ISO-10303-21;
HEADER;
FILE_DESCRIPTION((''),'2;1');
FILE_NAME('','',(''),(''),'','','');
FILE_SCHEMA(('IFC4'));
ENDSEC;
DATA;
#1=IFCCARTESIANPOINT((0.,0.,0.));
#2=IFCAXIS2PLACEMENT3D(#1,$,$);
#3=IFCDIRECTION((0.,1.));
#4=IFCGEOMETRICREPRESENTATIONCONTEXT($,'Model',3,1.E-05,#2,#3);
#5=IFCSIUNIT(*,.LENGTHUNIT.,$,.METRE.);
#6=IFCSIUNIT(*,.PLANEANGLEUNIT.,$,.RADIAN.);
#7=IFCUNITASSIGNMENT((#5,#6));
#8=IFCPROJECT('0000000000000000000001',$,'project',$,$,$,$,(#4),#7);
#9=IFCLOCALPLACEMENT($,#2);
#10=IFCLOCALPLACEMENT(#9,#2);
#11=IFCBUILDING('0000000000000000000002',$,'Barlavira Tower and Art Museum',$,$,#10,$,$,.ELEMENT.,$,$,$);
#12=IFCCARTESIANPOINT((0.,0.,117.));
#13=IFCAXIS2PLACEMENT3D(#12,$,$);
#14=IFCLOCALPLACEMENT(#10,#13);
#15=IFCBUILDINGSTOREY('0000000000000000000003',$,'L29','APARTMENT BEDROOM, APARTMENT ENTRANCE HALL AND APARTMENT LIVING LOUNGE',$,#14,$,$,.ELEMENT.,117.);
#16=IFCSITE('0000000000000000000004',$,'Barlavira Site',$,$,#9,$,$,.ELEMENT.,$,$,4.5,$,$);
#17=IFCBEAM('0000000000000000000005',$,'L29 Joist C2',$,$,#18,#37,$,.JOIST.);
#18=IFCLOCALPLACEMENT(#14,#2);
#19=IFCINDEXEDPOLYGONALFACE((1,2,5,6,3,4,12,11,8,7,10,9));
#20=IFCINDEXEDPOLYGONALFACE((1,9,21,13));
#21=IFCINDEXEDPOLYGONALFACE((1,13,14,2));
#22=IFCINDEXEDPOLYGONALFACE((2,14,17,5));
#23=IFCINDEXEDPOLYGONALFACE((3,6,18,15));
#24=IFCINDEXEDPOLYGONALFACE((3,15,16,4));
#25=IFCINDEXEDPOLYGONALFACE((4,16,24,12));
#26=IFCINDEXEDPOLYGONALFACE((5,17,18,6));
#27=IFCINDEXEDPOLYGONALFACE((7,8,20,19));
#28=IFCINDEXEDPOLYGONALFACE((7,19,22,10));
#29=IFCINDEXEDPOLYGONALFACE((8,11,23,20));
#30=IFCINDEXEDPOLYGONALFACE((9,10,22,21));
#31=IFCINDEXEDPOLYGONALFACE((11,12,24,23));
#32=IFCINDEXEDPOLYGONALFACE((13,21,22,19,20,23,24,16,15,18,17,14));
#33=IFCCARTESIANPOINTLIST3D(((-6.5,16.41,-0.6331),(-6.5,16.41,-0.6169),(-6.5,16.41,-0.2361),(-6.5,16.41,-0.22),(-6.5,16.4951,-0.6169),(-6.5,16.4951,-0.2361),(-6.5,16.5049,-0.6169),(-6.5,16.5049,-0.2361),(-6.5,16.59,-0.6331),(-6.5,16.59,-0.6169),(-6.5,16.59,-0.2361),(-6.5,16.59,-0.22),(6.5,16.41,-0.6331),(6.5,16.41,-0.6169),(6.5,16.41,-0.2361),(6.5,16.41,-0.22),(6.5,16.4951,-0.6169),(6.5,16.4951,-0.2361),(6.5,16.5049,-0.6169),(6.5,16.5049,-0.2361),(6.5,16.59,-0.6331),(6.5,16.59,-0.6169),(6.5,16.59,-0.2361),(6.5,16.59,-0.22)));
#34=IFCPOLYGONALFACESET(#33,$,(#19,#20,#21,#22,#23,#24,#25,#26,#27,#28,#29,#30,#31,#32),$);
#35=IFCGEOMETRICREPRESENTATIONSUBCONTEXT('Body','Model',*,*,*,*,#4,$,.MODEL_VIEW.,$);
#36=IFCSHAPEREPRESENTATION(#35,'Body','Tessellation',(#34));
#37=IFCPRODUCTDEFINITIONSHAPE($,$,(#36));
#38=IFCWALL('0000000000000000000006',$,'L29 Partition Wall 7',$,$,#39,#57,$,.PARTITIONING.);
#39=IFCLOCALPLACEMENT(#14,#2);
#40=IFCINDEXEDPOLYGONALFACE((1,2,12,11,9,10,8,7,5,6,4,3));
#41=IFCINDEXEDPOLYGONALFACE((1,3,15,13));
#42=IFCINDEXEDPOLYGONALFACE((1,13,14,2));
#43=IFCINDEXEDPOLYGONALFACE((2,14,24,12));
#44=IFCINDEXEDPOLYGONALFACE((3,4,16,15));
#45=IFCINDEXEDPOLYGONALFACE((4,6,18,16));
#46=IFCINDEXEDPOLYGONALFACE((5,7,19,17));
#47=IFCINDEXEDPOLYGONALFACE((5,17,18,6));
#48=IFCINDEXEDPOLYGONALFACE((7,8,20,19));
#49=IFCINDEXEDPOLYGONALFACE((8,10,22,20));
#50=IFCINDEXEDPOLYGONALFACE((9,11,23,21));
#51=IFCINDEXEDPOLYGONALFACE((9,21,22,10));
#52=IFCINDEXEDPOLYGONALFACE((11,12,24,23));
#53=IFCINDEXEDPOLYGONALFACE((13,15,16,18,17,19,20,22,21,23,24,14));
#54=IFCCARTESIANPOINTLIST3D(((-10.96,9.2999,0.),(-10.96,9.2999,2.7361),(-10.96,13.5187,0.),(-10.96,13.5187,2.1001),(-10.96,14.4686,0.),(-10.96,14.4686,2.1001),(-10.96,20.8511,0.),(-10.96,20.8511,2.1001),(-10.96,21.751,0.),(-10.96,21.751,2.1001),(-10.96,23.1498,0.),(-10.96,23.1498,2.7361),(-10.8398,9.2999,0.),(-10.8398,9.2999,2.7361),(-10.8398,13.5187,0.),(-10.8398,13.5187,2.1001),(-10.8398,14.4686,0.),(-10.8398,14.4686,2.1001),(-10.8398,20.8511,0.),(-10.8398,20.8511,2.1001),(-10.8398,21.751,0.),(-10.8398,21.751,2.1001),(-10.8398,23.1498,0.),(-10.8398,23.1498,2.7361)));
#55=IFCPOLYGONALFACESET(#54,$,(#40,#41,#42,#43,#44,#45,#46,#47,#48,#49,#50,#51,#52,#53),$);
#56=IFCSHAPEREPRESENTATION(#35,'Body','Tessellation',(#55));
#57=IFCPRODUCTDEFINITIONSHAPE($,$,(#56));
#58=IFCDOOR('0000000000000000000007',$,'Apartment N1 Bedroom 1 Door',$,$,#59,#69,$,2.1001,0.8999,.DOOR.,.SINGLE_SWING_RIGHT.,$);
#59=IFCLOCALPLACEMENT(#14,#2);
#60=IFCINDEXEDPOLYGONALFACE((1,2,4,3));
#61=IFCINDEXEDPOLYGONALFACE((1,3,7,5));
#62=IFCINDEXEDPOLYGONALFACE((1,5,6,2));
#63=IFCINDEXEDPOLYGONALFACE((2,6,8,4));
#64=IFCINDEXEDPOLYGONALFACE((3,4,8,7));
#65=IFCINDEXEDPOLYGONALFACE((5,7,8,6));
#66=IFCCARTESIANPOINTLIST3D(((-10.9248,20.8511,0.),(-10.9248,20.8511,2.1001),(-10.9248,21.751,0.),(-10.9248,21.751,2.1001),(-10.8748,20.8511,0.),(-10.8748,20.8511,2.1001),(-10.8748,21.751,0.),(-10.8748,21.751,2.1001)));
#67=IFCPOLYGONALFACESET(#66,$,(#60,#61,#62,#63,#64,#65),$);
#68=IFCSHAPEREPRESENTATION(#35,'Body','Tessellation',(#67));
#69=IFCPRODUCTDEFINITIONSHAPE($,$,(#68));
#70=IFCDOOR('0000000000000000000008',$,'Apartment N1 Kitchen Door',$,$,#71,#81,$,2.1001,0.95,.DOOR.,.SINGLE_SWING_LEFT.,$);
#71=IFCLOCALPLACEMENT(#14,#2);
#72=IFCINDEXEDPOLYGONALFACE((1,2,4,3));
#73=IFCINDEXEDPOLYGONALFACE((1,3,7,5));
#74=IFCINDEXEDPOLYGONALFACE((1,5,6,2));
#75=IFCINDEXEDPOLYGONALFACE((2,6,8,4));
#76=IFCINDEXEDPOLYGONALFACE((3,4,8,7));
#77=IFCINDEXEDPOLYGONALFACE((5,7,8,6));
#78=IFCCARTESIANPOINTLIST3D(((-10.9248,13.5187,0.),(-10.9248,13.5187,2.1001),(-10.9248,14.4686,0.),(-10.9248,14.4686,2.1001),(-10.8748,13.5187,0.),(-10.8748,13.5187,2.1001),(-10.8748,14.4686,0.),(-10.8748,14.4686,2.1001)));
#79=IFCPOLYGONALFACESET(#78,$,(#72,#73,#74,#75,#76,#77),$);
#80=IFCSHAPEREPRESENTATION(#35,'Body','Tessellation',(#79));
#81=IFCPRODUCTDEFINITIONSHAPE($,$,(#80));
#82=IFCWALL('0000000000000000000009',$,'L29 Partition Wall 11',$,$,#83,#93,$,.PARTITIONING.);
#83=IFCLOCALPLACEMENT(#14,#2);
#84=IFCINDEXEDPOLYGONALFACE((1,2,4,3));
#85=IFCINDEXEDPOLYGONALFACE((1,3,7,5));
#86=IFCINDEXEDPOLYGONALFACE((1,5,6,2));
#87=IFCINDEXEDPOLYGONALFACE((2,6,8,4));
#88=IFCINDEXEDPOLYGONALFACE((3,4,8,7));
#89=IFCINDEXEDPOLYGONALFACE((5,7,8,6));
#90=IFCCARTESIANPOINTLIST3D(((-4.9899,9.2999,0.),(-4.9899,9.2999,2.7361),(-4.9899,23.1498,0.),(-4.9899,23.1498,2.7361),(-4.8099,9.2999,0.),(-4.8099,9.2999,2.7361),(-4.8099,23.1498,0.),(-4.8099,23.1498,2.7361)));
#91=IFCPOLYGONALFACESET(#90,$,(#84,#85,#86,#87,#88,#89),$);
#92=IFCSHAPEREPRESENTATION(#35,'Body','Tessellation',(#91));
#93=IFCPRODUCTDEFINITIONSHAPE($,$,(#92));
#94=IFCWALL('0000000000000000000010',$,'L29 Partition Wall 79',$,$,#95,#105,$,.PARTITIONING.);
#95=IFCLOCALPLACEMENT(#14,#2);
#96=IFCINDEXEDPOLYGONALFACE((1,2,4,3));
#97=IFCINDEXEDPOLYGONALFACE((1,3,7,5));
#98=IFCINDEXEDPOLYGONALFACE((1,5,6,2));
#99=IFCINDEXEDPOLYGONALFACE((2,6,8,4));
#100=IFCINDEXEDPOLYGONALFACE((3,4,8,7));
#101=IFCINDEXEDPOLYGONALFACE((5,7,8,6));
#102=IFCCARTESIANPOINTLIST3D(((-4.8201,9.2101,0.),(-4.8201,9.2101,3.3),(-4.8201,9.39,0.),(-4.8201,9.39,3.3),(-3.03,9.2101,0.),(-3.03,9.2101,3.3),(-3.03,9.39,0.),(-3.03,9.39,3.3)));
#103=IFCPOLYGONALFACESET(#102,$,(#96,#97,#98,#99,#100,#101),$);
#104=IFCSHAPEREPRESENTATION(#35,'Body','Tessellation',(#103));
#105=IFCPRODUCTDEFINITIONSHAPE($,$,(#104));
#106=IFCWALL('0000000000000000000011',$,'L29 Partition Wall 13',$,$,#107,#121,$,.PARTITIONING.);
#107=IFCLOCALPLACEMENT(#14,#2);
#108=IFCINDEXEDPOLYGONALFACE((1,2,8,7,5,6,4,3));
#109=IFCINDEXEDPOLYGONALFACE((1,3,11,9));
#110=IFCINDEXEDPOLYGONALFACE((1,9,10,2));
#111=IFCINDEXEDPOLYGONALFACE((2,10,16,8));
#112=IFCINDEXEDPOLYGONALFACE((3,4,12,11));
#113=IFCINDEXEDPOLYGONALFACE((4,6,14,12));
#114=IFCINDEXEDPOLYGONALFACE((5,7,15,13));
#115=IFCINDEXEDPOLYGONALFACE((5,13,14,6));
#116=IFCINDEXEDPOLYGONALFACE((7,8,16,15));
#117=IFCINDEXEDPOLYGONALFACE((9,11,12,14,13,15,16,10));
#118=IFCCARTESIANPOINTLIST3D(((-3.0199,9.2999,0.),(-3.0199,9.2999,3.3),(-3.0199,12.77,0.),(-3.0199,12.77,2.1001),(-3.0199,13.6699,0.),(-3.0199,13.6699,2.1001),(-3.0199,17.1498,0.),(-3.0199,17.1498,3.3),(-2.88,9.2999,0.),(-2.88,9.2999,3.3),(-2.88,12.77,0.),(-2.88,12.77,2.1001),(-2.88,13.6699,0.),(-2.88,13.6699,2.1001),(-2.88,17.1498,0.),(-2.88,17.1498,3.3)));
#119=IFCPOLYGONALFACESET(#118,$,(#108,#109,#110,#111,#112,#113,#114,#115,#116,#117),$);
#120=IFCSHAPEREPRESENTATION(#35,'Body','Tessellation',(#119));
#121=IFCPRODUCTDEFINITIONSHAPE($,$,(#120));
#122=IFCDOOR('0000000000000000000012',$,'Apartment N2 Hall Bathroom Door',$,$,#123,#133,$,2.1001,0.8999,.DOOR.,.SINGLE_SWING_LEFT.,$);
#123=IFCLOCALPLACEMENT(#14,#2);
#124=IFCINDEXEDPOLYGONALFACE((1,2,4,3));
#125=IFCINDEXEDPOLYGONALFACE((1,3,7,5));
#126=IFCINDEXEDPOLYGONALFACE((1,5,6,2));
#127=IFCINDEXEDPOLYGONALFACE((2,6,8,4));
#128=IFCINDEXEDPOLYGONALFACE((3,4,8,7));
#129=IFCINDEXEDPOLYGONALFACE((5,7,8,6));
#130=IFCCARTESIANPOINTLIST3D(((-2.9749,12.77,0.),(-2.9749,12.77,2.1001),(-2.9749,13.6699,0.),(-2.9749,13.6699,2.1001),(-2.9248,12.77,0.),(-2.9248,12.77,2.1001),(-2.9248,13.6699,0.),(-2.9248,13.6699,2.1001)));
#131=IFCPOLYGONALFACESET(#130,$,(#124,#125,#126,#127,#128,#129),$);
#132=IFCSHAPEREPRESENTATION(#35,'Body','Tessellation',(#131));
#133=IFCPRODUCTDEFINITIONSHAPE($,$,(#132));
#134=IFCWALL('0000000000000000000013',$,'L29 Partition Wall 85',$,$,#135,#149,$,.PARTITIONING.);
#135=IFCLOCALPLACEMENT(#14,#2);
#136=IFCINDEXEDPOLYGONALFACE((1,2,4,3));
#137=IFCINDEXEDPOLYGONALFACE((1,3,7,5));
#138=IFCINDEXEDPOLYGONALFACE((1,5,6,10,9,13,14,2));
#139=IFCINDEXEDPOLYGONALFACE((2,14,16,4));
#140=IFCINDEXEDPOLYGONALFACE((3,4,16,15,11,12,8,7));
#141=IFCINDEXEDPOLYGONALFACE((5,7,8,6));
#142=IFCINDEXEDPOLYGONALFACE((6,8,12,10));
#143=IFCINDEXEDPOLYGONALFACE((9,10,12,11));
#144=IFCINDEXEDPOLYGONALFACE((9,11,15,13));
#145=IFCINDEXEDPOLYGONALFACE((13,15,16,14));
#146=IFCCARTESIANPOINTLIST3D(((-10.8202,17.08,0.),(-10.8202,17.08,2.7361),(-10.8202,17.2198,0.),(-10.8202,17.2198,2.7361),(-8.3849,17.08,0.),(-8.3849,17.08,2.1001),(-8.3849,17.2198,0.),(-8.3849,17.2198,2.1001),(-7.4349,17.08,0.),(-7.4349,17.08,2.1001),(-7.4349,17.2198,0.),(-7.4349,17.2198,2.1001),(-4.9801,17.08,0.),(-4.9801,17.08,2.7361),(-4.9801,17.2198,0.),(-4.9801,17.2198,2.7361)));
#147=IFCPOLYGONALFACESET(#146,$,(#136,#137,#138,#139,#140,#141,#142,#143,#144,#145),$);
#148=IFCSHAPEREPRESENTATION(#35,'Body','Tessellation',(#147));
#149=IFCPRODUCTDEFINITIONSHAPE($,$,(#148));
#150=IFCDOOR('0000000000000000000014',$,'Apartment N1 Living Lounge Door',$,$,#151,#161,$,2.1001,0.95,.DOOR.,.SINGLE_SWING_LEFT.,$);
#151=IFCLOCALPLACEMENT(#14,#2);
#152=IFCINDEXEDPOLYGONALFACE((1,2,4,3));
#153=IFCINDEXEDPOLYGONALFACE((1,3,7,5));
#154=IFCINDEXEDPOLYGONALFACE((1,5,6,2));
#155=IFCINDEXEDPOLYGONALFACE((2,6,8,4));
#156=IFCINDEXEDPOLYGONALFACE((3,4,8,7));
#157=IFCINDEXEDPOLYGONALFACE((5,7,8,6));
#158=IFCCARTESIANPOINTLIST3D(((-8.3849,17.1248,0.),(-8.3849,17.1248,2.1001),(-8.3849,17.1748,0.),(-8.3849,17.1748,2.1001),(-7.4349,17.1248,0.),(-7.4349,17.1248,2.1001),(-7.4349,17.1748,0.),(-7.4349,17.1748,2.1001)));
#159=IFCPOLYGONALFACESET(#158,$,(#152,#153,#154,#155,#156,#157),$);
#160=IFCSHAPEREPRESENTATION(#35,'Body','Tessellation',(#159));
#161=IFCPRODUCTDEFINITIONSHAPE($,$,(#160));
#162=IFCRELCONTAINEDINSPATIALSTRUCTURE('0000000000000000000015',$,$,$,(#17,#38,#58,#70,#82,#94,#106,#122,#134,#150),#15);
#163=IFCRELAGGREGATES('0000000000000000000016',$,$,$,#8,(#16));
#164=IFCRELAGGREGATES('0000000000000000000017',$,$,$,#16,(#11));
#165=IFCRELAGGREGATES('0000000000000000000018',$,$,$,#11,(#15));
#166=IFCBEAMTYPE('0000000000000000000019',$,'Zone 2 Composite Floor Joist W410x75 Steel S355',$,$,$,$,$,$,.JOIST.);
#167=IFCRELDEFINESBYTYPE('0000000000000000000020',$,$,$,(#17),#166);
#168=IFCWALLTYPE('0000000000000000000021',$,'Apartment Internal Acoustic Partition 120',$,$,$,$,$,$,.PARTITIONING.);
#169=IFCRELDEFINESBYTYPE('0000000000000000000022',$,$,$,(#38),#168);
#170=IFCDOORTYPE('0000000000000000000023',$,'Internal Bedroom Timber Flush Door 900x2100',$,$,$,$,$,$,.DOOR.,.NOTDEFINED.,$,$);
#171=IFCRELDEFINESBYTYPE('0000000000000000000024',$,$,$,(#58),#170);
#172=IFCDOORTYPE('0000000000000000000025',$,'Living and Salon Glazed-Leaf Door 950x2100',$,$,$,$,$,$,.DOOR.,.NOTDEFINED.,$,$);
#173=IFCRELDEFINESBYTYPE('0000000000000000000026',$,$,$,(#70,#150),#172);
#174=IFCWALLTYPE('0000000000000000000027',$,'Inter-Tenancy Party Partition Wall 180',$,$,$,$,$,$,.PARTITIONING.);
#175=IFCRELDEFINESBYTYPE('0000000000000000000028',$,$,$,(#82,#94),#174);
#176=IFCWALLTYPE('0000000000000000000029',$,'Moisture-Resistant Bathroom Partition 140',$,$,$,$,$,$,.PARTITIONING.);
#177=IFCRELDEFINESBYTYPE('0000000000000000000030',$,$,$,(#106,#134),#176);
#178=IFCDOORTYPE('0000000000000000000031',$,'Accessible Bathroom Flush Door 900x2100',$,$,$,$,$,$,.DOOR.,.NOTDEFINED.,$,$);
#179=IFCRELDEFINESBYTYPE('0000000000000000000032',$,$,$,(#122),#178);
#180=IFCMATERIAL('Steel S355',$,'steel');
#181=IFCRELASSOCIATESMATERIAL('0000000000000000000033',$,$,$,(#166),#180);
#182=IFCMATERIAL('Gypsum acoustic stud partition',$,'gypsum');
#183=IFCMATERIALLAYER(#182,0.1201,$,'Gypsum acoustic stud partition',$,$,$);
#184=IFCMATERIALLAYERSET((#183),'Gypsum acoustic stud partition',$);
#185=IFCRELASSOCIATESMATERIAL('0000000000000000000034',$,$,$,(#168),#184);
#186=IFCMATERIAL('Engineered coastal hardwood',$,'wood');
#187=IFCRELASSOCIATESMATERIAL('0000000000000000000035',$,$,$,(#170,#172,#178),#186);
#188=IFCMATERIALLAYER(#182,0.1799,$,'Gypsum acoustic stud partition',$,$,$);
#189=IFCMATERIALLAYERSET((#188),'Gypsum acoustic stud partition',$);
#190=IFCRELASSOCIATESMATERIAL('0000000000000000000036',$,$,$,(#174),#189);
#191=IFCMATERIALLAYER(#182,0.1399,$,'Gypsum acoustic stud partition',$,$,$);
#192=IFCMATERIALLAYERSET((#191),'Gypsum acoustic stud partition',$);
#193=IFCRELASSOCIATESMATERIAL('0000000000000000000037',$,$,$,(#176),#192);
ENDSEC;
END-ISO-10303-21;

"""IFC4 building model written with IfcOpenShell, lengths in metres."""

from ifc_helpers import new_model, si_unit, direction, frame, frame_2d, origin, origin_2d, place, context, subcontext, project, spatial, rectangle, i_section, extrude, material, layer, layer_set, material_profile, profile_set, type_object, element, fill, save


model = new_model("IFC4")

# Units and contexts
model_context = context("Model", 3, precision=1e-05, world=origin(), true_north=direction((0.0, 1.0)))
body_context = subcontext(model_context, "Body", "Model", "MODEL_VIEW")
ifc_project = project(units=[si_unit("LENGTHUNIT", "METRE"), si_unit("PLANEANGLEUNIT", "RADIAN")], contexts=[model_context])

# Site, building, storey
site_placement = place(None, origin())
site = spatial("IfcSite", under=ifc_project, at=site_placement, Name="Barlavira Site", CompositionType="ELEMENT", RefElevation=4.5)
building_placement = place(site_placement, origin())
building = spatial("IfcBuilding", under=site, at=building_placement, Name="Barlavira Tower and Art Museum", CompositionType="ELEMENT")
storey_placement = place(building_placement, frame((0.0, 0.0, 117.0)))
storey = spatial("IfcBuildingStorey", under=building, at=storey_placement, Name="L29", Description="APARTMENT BEDROOM, APARTMENT ENTRANCE HALL AND APARTMENT LIVING LOUNGE", CompositionType="ELEMENT", Elevation=117.0)

# Beam
ifc_material_1 = material(Name="Steel S355", Category="steel")
ifc_material_profile = material_profile(ifc_material_1, i_section(OverallWidth=0.1799, OverallDepth=0.4131, WebThickness=0.0098, FlangeThickness=0.0161, at=origin_2d()), Name="W410x75.0")
ifc_profile_set = profile_set([ifc_material_profile], Name="Steel S355")
beam_type = type_object("IfcBeamType", Name="Zone 2 Composite Floor Joist W410x75 Steel S355", PredefinedType="JOIST", material=ifc_profile_set)
beam_placement = place(storey_placement, frame((-6.5, 16.5, -0.4265), z_axis=(1.0, 0.0, 0.0), x_axis=(0.0, 1.0, 0.0)))
element("IfcBeam", 1, at=beam_placement, inside=storey, type_object=beam_type, Name="L29 Joist C2", PredefinedType="JOIST", context=body_context, shape_type="SweptSolid", body=[
    extrude(i_section(OverallWidth=0.1799, OverallDepth=0.4131, WebThickness=0.0098, FlangeThickness=0.0161, at=origin_2d()), origin(), (0.0, 0.0, 1.0), 13.0),
])

# Wall, openings, doors
ifc_material_2 = material(Name="Gypsum acoustic stud partition", Category="gypsum")
ifc_layer_1 = layer(ifc_material_2, 0.1201, Name="Gypsum acoustic stud partition")
ifc_layer_set_1 = layer_set([ifc_layer_1], Name="Gypsum acoustic stud partition")
wall_type_1 = type_object("IfcWallType", Name="Apartment Internal Acoustic Partition 120", PredefinedType="PARTITIONING", material=ifc_layer_set_1)
wall_1_placement = place(storey_placement, frame((-10.8999, 9.3, 0.0), z_axis=(0.0, 0.0, 1.0), x_axis=(0.0, 1.0, 0.0)))
wall_1 = element("IfcWall", 2, at=wall_1_placement, inside=storey, type_object=wall_type_1, Name="L29 Partition Wall 7", PredefinedType="PARTITIONING", context=body_context, shape_type="SweptSolid", body=[
    extrude(rectangle(XDim=13.8499, YDim=0.1201, at=frame_2d((6.9248, 0.0))), origin(), (0.0, 0.0, 1.0), 2.7361),
])
opening_1_placement = place(wall_1_placement, frame((4.2185, 0.0, 0.0)))
opening_1 = element("IfcOpeningElement", 3, at=opening_1_placement, cuts=wall_1, PredefinedType="OPENING", context=body_context, shape_type="SweptSolid", body=[
    extrude(rectangle(XDim=0.95, YDim=2.1001, at=frame_2d((0.4751, 1.05))), frame((0.0, 0.0701, 0.0), z_axis=(0.0, -1.0, 0.0), x_axis=(1.0, 0.0, 0.0)), (0.0, 0.0, 1.0), 0.1401),
])
opening_2_placement = place(wall_1_placement, frame((11.551, 0.0, 0.0)))
opening_2 = element("IfcOpeningElement", 4, at=opening_2_placement, cuts=wall_1, PredefinedType="OPENING", context=body_context, shape_type="SweptSolid", body=[
    extrude(rectangle(XDim=0.8999, YDim=2.1001, at=frame_2d((0.45, 1.05))), frame((0.0, 0.0701, 0.0), z_axis=(0.0, -1.0, 0.0), x_axis=(1.0, 0.0, 0.0)), (0.0, 0.0, 1.0), 0.1401),
])
ifc_material_3 = material(Name="Engineered coastal hardwood", Category="wood")
door_type_1 = type_object("IfcDoorType", Name="Internal Bedroom Timber Flush Door 900x2100", OperationType="NOTDEFINED", PredefinedType="DOOR", material=ifc_material_3)
door_1_placement = place(opening_2_placement, origin())
door_1 = element("IfcDoor", 5, at=door_1_placement, inside=storey, type_object=door_type_1, Name="Apartment N1 Bedroom 1 Door", OperationType="SINGLE_SWING_RIGHT", OverallHeight=2.1001, OverallWidth=0.8999, PredefinedType="DOOR", context=body_context, shape_type="SweptSolid", body=[
    extrude(rectangle(XDim=0.8999, YDim=2.1001, at=frame_2d((0.45, 1.05))), frame((0.0, 0.0249, 0.0), z_axis=(0.0, -1.0, 0.0), x_axis=(1.0, 0.0, 0.0)), (0.0, 0.0, 1.0), 0.05),
])
fill(opening_2, door_1)
door_type_2 = type_object("IfcDoorType", Name="Living and Salon Glazed-Leaf Door 950x2100", OperationType="NOTDEFINED", PredefinedType="DOOR", material=ifc_material_3)
door_2_placement = place(opening_1_placement, origin())
door_2 = element("IfcDoor", 6, at=door_2_placement, inside=storey, type_object=door_type_2, Name="Apartment N1 Kitchen Door", OperationType="SINGLE_SWING_LEFT", OverallHeight=2.1001, OverallWidth=0.95, PredefinedType="DOOR", context=body_context, shape_type="SweptSolid", body=[
    extrude(rectangle(XDim=0.95, YDim=2.1001, at=frame_2d((0.4751, 1.05))), frame((0.0, 0.0249, 0.0), z_axis=(0.0, -1.0, 0.0), x_axis=(1.0, 0.0, 0.0)), (0.0, 0.0, 1.0), 0.05),
])
fill(opening_1, door_2)

# Wall
ifc_layer_2 = layer(ifc_material_2, 0.1799, Name="Gypsum acoustic stud partition")
ifc_layer_set_2 = layer_set([ifc_layer_2], Name="Gypsum acoustic stud partition")
wall_type_2 = type_object("IfcWallType", Name="Inter-Tenancy Party Partition Wall 180", PredefinedType="PARTITIONING", material=ifc_layer_set_2)
wall_2_placement = place(storey_placement, frame((-4.8999, 9.3, 0.0), z_axis=(0.0, 0.0, 1.0), x_axis=(0.0, 1.0, 0.0)))
element("IfcWall", 7, at=wall_2_placement, inside=storey, type_object=wall_type_2, Name="L29 Partition Wall 11", PredefinedType="PARTITIONING", context=body_context, shape_type="SweptSolid", body=[
    extrude(rectangle(XDim=13.8499, YDim=0.1799, at=frame_2d((6.9248, 0.0))), origin(), (0.0, 0.0, 1.0), 2.7361),
])

# Wall
wall_3_placement = place(storey_placement, frame((-4.8201, 9.3, 0.0), z_axis=(0.0, 0.0, 1.0), x_axis=(1.0, 0.0, 0.0)))
element("IfcWall", 8, at=wall_3_placement, inside=storey, type_object=wall_type_2, Name="L29 Partition Wall 79", PredefinedType="PARTITIONING", context=body_context, shape_type="SweptSolid", body=[
    extrude(rectangle(XDim=1.79, YDim=0.1799, at=frame_2d((0.895, 0.0))), origin(), (0.0, 0.0, 1.0), 3.3),
])

# Walls, openings, doors
ifc_layer_3 = layer(ifc_material_2, 0.1399, Name="Gypsum acoustic stud partition")
ifc_layer_set_3 = layer_set([ifc_layer_3], Name="Gypsum acoustic stud partition")
wall_type_3 = type_object("IfcWallType", Name="Moisture-Resistant Bathroom Partition 140", PredefinedType="PARTITIONING", material=ifc_layer_set_3)
wall_4_placement = place(storey_placement, frame((-2.95, 9.3, 0.0), z_axis=(0.0, 0.0, 1.0), x_axis=(0.0, 1.0, 0.0)))
wall_4 = element("IfcWall", 9, at=wall_4_placement, inside=storey, type_object=wall_type_3, Name="L29 Partition Wall 13", PredefinedType="PARTITIONING", context=body_context, shape_type="SweptSolid", body=[
    extrude(rectangle(XDim=7.8499, YDim=0.1399, at=frame_2d((3.9248, 0.0))), origin(), (0.0, 0.0, 1.0), 3.3),
])
opening_3_placement = place(wall_4_placement, frame((3.47, 0.0, 0.0)))
opening_3 = element("IfcOpeningElement", 10, at=opening_3_placement, cuts=wall_4, PredefinedType="OPENING", context=body_context, shape_type="SweptSolid", body=[
    extrude(rectangle(XDim=0.8999, YDim=2.1001, at=frame_2d((0.45, 1.05))), frame((0.0, 0.0801, 0.0), z_axis=(0.0, -1.0, 0.0), x_axis=(1.0, 0.0, 0.0)), (0.0, 0.0, 1.0), 0.1599),
])
door_type_3 = type_object("IfcDoorType", Name="Accessible Bathroom Flush Door 900x2100", OperationType="NOTDEFINED", PredefinedType="DOOR", material=ifc_material_3)
door_3_placement = place(opening_3_placement, origin())
door_3 = element("IfcDoor", 11, at=door_3_placement, inside=storey, type_object=door_type_3, Name="Apartment N2 Hall Bathroom Door", OperationType="SINGLE_SWING_LEFT", OverallHeight=2.1001, OverallWidth=0.8999, PredefinedType="DOOR", context=body_context, shape_type="SweptSolid", body=[
    extrude(rectangle(XDim=0.8999, YDim=2.1001, at=frame_2d((0.45, 1.05))), frame((0.0, 0.0249, 0.0), z_axis=(0.0, -1.0, 0.0), x_axis=(1.0, 0.0, 0.0)), (0.0, 0.0, 1.0), 0.05),
])
fill(opening_3, door_3)
wall_5_placement = place(storey_placement, frame((-10.8201, 17.1499, 0.0), z_axis=(0.0, 0.0, 1.0), x_axis=(1.0, 0.0, 0.0)))
wall_5 = element("IfcWall", 12, at=wall_5_placement, inside=storey, type_object=wall_type_3, Name="L29 Partition Wall 85", PredefinedType="PARTITIONING", context=body_context, shape_type="SweptSolid", body=[
    extrude(rectangle(XDim=5.8401, YDim=0.1399, at=frame_2d((2.9199, 0.0))), origin(), (0.0, 0.0, 1.0), 2.7361),
])
opening_4_placement = place(wall_5_placement, frame((2.4351, 0.0, 0.0)))
opening_4 = element("IfcOpeningElement", 13, at=opening_4_placement, cuts=wall_5, PredefinedType="OPENING", context=body_context, shape_type="SweptSolid", body=[
    extrude(rectangle(XDim=0.95, YDim=2.1001, at=frame_2d((0.4751, 1.05))), frame((0.0, 0.0801, 0.0), z_axis=(0.0, -1.0, 0.0), x_axis=(1.0, 0.0, 0.0)), (0.0, 0.0, 1.0), 0.1599),
])
door_4_placement = place(opening_4_placement, origin())
door_4 = element("IfcDoor", 14, at=door_4_placement, inside=storey, type_object=door_type_2, Name="Apartment N1 Living Lounge Door", OperationType="SINGLE_SWING_LEFT", OverallHeight=2.1001, OverallWidth=0.95, PredefinedType="DOOR", context=body_context, shape_type="SweptSolid", body=[
    extrude(rectangle(XDim=0.95, YDim=2.1001, at=frame_2d((0.4751, 1.05))), frame((0.0, 0.0249, 0.0), z_axis=(0.0, -1.0, 0.0), x_axis=(1.0, 0.0, 0.0)), (0.0, 0.0, 1.0), 0.05),
])
fill(opening_4, door_4)

save(model, "model.ifc")
